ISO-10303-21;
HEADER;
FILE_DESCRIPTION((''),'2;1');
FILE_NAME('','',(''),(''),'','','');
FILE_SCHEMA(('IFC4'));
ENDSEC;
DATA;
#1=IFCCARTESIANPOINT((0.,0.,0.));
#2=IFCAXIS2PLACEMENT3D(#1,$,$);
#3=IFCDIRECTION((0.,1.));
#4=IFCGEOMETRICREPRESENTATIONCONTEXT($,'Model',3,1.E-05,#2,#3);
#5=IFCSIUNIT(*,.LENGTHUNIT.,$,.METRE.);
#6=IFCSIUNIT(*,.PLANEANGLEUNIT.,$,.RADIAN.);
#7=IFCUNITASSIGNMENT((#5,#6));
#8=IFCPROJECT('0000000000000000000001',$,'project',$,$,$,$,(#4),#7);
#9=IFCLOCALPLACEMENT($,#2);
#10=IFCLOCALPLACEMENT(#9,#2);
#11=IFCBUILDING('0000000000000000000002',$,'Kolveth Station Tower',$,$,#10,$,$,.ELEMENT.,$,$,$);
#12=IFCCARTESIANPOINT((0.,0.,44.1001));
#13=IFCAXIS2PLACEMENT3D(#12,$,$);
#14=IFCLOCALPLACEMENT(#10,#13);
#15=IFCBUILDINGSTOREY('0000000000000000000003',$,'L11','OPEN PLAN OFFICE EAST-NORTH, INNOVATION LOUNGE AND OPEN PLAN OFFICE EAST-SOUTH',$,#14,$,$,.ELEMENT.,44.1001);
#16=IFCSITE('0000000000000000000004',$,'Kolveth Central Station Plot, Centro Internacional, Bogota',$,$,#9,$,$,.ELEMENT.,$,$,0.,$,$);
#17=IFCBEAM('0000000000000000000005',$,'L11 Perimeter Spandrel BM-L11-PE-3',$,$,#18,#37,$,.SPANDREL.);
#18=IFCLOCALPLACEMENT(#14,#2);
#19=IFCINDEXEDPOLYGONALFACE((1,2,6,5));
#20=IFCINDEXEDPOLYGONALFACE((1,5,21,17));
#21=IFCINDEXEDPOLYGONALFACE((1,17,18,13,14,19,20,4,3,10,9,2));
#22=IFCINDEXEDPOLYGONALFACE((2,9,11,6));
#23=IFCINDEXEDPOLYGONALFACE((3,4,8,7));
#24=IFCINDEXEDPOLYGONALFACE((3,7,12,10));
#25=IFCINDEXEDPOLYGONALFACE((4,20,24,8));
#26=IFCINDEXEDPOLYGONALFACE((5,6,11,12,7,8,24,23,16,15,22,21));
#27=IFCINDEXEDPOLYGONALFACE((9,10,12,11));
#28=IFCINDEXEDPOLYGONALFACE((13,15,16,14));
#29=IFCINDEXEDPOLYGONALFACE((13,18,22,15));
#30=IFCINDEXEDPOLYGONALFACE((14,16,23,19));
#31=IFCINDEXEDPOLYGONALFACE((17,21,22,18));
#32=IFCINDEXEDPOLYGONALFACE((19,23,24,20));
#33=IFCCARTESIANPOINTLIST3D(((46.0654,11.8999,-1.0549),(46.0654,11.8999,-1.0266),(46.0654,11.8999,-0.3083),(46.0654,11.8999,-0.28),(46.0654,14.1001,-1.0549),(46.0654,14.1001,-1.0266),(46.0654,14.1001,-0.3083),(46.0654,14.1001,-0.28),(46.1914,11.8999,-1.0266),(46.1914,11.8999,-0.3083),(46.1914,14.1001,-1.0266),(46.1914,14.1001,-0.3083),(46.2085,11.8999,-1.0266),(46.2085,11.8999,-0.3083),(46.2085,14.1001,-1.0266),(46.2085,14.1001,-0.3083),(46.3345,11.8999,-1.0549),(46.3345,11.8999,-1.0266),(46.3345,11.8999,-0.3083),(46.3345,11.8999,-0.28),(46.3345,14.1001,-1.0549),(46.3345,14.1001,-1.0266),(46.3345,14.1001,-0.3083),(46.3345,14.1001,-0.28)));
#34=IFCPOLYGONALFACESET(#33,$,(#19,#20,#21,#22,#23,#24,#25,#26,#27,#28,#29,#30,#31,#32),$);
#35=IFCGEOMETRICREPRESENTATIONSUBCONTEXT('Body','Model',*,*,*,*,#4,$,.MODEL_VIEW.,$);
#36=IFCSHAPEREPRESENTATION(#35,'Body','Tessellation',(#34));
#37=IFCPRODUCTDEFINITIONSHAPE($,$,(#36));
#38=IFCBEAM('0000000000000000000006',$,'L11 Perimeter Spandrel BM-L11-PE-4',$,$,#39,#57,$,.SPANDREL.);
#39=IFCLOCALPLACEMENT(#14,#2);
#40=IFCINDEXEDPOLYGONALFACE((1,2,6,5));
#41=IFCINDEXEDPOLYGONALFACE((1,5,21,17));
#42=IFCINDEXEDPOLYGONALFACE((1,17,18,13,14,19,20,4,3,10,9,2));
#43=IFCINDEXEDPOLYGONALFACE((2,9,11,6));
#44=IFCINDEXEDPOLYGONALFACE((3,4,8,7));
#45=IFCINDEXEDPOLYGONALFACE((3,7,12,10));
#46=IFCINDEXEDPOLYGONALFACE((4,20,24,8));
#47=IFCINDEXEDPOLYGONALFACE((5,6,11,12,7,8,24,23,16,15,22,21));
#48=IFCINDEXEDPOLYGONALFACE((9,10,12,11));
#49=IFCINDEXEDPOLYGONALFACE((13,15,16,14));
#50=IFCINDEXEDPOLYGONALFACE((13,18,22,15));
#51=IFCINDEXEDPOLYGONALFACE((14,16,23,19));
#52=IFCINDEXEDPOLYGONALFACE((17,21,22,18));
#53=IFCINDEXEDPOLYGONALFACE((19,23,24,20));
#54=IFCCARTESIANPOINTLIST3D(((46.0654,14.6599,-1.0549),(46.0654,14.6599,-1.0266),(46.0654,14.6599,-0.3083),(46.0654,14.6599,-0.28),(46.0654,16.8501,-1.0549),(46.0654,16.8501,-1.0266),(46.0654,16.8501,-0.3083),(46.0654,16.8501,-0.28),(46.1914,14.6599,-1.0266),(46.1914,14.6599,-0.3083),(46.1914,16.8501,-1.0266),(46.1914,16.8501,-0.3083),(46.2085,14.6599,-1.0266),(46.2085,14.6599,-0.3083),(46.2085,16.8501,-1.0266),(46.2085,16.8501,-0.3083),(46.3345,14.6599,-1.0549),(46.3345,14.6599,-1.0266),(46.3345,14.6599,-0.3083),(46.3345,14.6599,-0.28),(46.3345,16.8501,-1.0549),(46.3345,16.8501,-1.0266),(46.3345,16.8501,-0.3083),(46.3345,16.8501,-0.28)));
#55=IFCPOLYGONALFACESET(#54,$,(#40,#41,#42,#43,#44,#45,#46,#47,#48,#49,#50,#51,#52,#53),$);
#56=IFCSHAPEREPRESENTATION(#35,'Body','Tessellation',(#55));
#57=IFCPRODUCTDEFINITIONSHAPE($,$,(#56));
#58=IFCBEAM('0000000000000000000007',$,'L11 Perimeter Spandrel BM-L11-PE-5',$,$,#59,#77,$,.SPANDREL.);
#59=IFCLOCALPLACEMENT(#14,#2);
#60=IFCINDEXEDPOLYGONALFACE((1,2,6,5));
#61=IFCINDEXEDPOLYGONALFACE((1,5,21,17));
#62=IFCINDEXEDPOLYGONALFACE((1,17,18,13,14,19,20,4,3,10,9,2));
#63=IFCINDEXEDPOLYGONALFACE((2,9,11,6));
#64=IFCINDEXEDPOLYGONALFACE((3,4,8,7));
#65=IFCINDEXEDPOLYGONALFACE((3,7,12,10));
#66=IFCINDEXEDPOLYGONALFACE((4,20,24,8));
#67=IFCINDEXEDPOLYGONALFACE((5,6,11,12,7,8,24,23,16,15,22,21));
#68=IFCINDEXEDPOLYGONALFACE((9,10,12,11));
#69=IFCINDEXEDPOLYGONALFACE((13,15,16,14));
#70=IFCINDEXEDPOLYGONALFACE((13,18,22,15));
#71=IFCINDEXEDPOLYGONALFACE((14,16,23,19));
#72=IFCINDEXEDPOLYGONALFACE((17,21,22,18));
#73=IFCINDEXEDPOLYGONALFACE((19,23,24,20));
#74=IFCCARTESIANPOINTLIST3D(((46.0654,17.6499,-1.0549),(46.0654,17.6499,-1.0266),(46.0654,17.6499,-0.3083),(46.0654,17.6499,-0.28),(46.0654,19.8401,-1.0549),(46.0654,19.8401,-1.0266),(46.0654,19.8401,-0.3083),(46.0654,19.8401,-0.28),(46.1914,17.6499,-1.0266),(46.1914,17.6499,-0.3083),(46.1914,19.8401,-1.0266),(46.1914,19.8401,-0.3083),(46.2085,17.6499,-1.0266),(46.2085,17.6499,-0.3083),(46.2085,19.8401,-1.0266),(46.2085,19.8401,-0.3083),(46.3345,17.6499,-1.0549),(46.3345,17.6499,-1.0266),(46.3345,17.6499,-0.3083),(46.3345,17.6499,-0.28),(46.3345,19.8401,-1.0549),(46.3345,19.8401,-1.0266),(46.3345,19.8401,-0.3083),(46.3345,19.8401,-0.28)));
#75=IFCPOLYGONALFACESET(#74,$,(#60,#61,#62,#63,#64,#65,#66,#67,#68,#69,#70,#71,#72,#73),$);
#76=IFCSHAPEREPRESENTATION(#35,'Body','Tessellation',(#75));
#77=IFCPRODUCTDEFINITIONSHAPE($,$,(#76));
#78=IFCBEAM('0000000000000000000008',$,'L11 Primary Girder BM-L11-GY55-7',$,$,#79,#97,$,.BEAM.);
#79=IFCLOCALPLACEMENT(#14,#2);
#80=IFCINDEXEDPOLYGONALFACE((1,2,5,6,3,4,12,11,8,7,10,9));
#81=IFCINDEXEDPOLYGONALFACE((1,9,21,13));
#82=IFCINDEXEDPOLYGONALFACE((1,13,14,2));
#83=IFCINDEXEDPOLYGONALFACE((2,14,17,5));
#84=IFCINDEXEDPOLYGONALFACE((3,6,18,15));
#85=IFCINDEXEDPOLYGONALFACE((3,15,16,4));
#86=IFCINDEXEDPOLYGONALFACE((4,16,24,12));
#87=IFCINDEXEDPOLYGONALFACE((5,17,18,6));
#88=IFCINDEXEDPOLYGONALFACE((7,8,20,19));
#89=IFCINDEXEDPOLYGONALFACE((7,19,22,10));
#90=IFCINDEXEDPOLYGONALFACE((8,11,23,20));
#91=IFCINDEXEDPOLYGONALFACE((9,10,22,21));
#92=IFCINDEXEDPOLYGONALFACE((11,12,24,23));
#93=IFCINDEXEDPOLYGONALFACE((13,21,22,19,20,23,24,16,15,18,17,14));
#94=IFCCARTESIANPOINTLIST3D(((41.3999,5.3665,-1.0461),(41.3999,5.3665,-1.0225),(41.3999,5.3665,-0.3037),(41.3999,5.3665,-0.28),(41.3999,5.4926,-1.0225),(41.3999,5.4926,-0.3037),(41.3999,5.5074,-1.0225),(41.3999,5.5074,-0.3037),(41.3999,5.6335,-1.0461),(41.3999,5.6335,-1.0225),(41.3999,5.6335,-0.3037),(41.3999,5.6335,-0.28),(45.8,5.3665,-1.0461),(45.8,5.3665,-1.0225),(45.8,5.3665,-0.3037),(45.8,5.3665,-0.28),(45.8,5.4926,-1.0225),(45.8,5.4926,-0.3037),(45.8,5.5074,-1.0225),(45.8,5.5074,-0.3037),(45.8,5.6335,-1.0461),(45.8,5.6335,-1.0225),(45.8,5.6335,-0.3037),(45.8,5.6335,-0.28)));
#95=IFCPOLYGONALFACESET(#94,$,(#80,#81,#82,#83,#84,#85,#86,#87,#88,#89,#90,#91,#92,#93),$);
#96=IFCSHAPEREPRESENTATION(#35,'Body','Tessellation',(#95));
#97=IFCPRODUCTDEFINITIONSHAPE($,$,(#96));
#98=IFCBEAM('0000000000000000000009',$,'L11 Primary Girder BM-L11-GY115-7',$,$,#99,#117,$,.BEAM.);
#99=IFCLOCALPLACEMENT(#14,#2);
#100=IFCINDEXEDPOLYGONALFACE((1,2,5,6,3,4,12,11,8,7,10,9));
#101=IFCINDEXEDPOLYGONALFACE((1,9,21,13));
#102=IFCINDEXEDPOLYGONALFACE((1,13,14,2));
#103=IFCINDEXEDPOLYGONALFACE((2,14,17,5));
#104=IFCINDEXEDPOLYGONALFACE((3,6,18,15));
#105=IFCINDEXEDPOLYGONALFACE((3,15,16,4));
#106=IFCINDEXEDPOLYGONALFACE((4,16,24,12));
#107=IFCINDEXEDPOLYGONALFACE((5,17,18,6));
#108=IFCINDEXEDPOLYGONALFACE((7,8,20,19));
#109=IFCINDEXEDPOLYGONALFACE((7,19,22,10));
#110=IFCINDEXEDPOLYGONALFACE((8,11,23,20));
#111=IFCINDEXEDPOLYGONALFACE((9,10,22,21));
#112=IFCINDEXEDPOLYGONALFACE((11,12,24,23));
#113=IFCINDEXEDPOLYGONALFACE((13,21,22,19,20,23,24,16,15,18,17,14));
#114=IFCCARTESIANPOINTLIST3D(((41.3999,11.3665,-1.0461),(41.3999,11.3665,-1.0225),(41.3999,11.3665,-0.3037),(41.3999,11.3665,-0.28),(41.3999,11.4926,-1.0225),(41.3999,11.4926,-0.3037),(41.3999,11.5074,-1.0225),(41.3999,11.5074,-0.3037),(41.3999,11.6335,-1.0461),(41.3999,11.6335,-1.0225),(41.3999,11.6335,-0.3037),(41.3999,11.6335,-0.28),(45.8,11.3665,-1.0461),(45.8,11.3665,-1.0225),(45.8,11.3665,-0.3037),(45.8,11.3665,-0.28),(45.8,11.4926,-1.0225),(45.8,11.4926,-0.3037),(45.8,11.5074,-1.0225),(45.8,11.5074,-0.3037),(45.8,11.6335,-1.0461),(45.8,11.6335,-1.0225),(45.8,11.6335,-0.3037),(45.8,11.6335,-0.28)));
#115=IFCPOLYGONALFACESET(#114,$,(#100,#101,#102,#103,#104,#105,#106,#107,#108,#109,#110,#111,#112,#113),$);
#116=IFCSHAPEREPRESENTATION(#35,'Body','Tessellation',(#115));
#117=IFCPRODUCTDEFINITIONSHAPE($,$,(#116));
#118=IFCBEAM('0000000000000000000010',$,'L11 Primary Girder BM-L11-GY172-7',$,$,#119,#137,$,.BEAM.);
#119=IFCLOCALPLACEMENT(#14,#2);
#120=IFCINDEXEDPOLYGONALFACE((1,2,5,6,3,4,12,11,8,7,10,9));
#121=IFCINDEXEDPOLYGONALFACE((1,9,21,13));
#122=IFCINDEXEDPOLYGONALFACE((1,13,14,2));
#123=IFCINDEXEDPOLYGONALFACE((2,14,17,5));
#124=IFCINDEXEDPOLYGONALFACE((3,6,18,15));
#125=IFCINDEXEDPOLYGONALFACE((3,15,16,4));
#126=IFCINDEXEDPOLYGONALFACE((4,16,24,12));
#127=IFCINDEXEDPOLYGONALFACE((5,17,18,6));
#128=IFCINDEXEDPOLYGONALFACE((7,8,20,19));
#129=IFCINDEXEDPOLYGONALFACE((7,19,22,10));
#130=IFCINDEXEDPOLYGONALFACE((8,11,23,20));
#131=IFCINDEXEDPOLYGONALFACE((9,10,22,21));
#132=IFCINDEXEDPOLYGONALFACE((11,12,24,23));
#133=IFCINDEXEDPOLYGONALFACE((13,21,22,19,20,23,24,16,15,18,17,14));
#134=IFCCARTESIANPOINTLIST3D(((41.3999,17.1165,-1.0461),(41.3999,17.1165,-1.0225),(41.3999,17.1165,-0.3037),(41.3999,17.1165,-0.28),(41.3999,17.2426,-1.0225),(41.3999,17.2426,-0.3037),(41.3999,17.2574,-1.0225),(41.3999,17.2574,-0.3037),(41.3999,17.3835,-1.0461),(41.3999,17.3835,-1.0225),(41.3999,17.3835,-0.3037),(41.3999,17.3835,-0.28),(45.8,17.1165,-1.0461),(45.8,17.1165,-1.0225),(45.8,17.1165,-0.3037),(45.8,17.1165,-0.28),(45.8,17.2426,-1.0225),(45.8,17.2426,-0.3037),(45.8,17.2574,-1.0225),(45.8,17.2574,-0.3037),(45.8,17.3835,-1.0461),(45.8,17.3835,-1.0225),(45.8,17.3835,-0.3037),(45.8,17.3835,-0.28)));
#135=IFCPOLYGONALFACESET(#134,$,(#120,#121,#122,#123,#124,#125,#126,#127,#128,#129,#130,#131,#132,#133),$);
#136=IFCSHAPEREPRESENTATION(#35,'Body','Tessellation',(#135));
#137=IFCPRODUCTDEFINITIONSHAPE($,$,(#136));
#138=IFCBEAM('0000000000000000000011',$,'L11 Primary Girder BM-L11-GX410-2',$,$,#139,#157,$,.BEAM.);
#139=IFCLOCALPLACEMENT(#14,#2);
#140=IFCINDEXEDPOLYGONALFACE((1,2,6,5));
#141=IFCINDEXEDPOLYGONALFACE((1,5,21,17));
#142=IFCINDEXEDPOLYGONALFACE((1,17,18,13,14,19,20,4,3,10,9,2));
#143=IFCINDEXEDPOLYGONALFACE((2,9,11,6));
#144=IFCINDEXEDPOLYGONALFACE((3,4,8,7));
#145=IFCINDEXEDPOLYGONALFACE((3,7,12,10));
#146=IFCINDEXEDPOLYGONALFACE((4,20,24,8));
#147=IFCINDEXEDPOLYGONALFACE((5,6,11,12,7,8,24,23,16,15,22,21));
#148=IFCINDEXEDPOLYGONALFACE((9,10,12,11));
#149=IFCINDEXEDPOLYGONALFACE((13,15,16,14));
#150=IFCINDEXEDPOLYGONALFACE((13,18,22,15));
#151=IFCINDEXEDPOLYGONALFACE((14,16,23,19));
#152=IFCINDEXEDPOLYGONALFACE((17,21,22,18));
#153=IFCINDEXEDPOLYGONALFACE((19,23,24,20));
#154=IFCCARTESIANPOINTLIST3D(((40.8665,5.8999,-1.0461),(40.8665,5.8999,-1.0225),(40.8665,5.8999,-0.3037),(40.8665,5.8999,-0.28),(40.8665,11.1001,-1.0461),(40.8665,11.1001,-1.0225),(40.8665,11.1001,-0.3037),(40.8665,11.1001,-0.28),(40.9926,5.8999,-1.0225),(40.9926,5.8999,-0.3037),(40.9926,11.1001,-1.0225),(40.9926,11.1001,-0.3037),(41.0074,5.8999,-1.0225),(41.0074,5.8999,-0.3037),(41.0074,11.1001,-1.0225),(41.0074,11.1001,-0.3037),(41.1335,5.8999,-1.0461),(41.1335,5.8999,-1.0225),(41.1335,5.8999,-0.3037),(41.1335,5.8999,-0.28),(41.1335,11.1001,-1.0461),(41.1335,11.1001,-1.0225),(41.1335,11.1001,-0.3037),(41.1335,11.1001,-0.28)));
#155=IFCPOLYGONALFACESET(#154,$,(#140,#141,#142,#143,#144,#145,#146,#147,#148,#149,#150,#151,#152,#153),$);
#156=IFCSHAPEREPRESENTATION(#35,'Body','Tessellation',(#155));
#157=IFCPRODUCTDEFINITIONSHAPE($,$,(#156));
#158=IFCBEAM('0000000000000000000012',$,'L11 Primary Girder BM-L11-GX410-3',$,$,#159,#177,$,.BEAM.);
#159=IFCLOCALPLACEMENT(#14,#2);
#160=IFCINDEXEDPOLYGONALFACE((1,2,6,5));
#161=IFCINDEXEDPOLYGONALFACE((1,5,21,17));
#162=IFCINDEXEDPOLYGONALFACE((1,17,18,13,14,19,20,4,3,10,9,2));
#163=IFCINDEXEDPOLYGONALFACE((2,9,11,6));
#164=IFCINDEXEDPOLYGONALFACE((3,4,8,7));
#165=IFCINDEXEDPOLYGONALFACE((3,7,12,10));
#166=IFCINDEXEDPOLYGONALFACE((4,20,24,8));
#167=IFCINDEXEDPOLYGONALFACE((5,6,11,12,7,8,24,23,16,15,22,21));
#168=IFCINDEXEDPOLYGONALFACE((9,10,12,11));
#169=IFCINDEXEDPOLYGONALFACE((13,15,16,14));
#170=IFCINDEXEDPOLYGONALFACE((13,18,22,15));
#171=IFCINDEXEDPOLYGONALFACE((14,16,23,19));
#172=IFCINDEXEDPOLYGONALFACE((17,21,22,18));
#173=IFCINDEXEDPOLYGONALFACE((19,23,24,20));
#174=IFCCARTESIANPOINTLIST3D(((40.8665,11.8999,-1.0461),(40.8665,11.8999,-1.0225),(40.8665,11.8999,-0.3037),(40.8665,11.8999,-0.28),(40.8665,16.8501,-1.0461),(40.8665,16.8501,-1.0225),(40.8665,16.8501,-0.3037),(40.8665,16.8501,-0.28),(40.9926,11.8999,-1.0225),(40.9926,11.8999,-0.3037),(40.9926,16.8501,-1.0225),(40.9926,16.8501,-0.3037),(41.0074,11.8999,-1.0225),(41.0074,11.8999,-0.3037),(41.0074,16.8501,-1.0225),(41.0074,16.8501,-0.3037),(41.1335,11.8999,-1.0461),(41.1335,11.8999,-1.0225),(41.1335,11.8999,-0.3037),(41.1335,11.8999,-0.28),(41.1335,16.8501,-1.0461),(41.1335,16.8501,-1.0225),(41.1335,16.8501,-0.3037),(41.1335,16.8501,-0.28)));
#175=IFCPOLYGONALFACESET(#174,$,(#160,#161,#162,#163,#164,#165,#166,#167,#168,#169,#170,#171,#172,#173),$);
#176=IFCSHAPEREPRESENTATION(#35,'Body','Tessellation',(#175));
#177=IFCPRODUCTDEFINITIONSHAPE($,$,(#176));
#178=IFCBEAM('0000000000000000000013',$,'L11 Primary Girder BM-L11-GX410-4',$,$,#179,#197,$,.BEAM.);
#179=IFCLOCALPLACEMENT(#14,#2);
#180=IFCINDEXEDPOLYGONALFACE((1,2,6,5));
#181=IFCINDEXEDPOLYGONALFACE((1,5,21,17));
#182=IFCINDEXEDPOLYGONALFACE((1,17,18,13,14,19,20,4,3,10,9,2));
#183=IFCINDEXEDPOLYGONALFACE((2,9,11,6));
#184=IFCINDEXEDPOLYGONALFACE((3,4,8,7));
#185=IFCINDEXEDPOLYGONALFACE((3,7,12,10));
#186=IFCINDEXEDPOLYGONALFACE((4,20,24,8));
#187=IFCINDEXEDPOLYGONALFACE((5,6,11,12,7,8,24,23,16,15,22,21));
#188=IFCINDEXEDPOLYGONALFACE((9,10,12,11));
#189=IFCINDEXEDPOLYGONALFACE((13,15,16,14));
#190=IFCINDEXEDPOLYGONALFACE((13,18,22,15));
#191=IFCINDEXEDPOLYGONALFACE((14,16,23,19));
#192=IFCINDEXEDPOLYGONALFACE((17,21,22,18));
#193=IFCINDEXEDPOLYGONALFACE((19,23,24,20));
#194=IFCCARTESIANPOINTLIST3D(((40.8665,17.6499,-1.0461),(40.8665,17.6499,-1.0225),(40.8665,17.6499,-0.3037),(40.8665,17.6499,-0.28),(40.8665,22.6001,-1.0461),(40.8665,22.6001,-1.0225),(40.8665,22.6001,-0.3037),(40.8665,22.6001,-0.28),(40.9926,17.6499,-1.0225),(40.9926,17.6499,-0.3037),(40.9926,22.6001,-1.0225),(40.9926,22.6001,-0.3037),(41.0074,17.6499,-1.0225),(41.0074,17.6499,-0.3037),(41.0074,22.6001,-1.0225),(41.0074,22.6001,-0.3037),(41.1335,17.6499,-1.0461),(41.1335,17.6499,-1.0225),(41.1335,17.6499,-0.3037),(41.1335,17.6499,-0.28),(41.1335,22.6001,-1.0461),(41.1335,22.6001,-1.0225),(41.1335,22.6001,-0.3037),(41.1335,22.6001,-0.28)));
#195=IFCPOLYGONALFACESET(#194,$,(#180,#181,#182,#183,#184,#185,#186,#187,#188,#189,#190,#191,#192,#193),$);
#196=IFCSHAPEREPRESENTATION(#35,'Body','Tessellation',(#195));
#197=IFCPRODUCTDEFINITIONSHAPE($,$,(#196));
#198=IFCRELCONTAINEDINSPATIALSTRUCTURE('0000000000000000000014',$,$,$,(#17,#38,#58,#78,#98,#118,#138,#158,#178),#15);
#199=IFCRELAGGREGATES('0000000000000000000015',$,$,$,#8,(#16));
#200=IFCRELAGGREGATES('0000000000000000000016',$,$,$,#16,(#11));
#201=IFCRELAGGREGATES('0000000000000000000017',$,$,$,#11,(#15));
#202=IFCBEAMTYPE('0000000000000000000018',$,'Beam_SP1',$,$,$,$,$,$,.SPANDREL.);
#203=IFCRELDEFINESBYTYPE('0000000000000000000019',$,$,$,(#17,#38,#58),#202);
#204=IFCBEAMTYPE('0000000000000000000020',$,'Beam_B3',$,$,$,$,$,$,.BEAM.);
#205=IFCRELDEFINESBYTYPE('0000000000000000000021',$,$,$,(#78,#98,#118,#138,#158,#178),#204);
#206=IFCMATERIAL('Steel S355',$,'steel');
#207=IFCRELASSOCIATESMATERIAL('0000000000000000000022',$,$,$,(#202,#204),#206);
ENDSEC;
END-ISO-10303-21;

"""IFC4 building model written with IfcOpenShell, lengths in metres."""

from ifc_helpers import new_model, si_unit, direction, frame, origin, origin_2d, place, context, subcontext, project, spatial, i_section, extrude, source, transform, mapped, material, material_profile, profile_set, type_object, element, save


model = new_model("IFC4")

# Units and contexts
model_context = context("Model", 3, precision=1e-05, world=origin(), true_north=direction((0.0, 1.0)))
body_context = subcontext(model_context, "Body", "Model", "MODEL_VIEW")
ifc_project = project(units=[si_unit("LENGTHUNIT", "METRE"), si_unit("PLANEANGLEUNIT", "RADIAN")], contexts=[model_context])

# Site, building, storey
site_placement = place(None, origin())
site = spatial("IfcSite", under=ifc_project, at=site_placement, Name="Kolveth Central Station Plot, Centro Internacional, Bogota", CompositionType="ELEMENT", RefElevation=0.0)
building_placement = place(site_placement, origin())
building = spatial("IfcBuilding", under=site, at=building_placement, Name="Kolveth Station Tower", CompositionType="ELEMENT")
storey_placement = place(building_placement, frame((0.0, 0.0, 44.1001)))
storey = spatial("IfcBuildingStorey", under=building, at=storey_placement, Name="L11", Description="OPEN PLAN OFFICE EAST-NORTH, INNOVATION LOUNGE AND OPEN PLAN OFFICE EAST-SOUTH", CompositionType="ELEMENT", Elevation=44.1001)

# Shared definitions
ifc_material_1 = material(Name="Steel S355", Category="steel")

# Beams
ifc_material_profile_1 = material_profile(ifc_material_1, i_section(OverallWidth=0.269, OverallDepth=0.7749, WebThickness=0.0171, FlangeThickness=0.0283, at=origin_2d()), Name="W760x220")
ifc_profile_set_1 = profile_set([ifc_material_profile_1], Name="Steel S355")
beam_type_1 = type_object("IfcBeamType", Name="Beam_SP1", PredefinedType="SPANDREL", material=ifc_profile_set_1)
shared_shape_1 = source(origin(), body_context, "Body", "SweptSolid", [
    extrude(i_section(OverallWidth=0.269, OverallDepth=0.7749, WebThickness=0.0171, FlangeThickness=0.0283, at=origin_2d()), origin(), (0.0, 0.0, 1.0), 2.2002),
])
beam_1_placement = place(storey_placement, frame((46.2, 11.8999, -0.6675), z_axis=(0.0, 1.0, 0.0), x_axis=(-1.0, 0.0, 0.0)))
element("IfcBeam", 1, at=beam_1_placement, inside=storey, type_object=beam_type_1, Name="L11 Perimeter Spandrel BM-L11-PE-3", PredefinedType="SPANDREL", context=body_context, shape_type="MappedRepresentation", body=[
    mapped(shared_shape_1, transform((0.0, 0.0, 0.0), x_axis=(1.0, 0.0, 0.0), y_axis=(0.0, 1.0, 0.0), z_axis=(0.0, 0.0, 1.0), scale=1.0)),
])
shared_shape_2 = source(origin(), body_context, "Body", "SweptSolid", [
    extrude(i_section(OverallWidth=0.269, OverallDepth=0.7749, WebThickness=0.0171, FlangeThickness=0.0283, at=origin_2d()), origin(), (0.0, 0.0, 1.0), 2.1902),
])
for number, where, z_axis, x_axis, name in (
    (2, (46.2, 14.6599, -0.6675), (0.0, 1.0, 0.0), (-1.0, 0.0, 0.0), "L11 Perimeter Spandrel BM-L11-PE-4"),
    (3, (46.2, 17.6499, -0.6675), (0.0, 1.0, 0.0), (-1.0, 0.0, 0.0), "L11 Perimeter Spandrel BM-L11-PE-5"),
):
    element("IfcBeam", number, at=place(storey_placement, frame(where, z_axis=z_axis, x_axis=x_axis)), inside=storey, type_object=beam_type_1, Name=name, PredefinedType="SPANDREL", context=body_context, shape_type="MappedRepresentation", body=[
        mapped(shared_shape_2, transform((0.0, 0.0, 0.0), x_axis=(1.0, 0.0, 0.0), y_axis=(0.0, 1.0, 0.0), z_axis=(0.0, 0.0, 1.0), scale=1.0)),
    ])
ifc_material_profile_2 = material_profile(ifc_material_1, i_section(OverallWidth=0.2671, OverallDepth=0.7661, WebThickness=0.0149, FlangeThickness=0.0237, at=origin_2d()), Name="W760x185")
ifc_profile_set_2 = profile_set([ifc_material_profile_2], Name="Steel S355")
beam_type_2 = type_object("IfcBeamType", Name="Beam_B3", PredefinedType="BEAM", material=ifc_profile_set_2)
shared_shape_3 = source(origin(), body_context, "Body", "SweptSolid", [
    extrude(i_section(OverallWidth=0.2671, OverallDepth=0.7661, WebThickness=0.0149, FlangeThickness=0.0237, at=origin_2d()), origin(), (0.0, 0.0, 1.0), 4.4001),
])
for number, where, z_axis, x_axis, name in (
    (4, (41.3999, 5.5, -0.6631), (1.0, 0.0, 0.0), (0.0, 1.0, 0.0), "L11 Primary Girder BM-L11-GY55-7"),
    (5, (41.3999, 11.5, -0.6631), (1.0, 0.0, 0.0), (0.0, 1.0, 0.0), "L11 Primary Girder BM-L11-GY115-7"),
    (6, (41.3999, 17.25, -0.6631), (1.0, 0.0, 0.0), (0.0, 1.0, 0.0), "L11 Primary Girder BM-L11-GY172-7"),
):
    element("IfcBeam", number, at=place(storey_placement, frame(where, z_axis=z_axis, x_axis=x_axis)), inside=storey, type_object=beam_type_2, Name=name, PredefinedType="BEAM", context=body_context, shape_type="MappedRepresentation", body=[
        mapped(shared_shape_3, transform((0.0, 0.0, 0.0), x_axis=(1.0, 0.0, 0.0), y_axis=(0.0, 1.0, 0.0), z_axis=(0.0, 0.0, 1.0), scale=1.0)),
    ])
shared_shape_4 = source(origin(), body_context, "Body", "SweptSolid", [
    extrude(i_section(OverallWidth=0.2671, OverallDepth=0.7661, WebThickness=0.0149, FlangeThickness=0.0237, at=origin_2d()), origin(), (0.0, 0.0, 1.0), 5.2002),
])
beam_2_placement = place(storey_placement, frame((41.0, 5.8999, -0.6631), z_axis=(0.0, 1.0, 0.0), x_axis=(-1.0, 0.0, 0.0)))
element("IfcBeam", 7, at=beam_2_placement, inside=storey, type_object=beam_type_2, Name="L11 Primary Girder BM-L11-GX410-2", PredefinedType="BEAM", context=body_context, shape_type="MappedRepresentation", body=[
    mapped(shared_shape_4, transform((0.0, 0.0, 0.0), x_axis=(1.0, 0.0, 0.0), y_axis=(0.0, 1.0, 0.0), z_axis=(0.0, 0.0, 1.0), scale=1.0)),
])
shared_shape_5 = source(origin(), body_context, "Body", "SweptSolid", [
    extrude(i_section(OverallWidth=0.2671, OverallDepth=0.7661, WebThickness=0.0149, FlangeThickness=0.0237, at=origin_2d()), origin(), (0.0, 0.0, 1.0), 4.9502),
])
for number, where, z_axis, x_axis, name in (
    (8, (41.0, 11.8999, -0.6631), (0.0, 1.0, 0.0), (-1.0, 0.0, 0.0), "L11 Primary Girder BM-L11-GX410-3"),
    (9, (41.0, 17.6499, -0.6631), (0.0, 1.0, 0.0), (-1.0, 0.0, 0.0), "L11 Primary Girder BM-L11-GX410-4"),
):
    element("IfcBeam", number, at=place(storey_placement, frame(where, z_axis=z_axis, x_axis=x_axis)), inside=storey, type_object=beam_type_2, Name=name, PredefinedType="BEAM", context=body_context, shape_type="MappedRepresentation", body=[
        mapped(shared_shape_5, transform((0.0, 0.0, 0.0), x_axis=(1.0, 0.0, 0.0), y_axis=(0.0, 1.0, 0.0), z_axis=(0.0, 0.0, 1.0), scale=1.0)),
    ])

save(model, "model.ifc")
